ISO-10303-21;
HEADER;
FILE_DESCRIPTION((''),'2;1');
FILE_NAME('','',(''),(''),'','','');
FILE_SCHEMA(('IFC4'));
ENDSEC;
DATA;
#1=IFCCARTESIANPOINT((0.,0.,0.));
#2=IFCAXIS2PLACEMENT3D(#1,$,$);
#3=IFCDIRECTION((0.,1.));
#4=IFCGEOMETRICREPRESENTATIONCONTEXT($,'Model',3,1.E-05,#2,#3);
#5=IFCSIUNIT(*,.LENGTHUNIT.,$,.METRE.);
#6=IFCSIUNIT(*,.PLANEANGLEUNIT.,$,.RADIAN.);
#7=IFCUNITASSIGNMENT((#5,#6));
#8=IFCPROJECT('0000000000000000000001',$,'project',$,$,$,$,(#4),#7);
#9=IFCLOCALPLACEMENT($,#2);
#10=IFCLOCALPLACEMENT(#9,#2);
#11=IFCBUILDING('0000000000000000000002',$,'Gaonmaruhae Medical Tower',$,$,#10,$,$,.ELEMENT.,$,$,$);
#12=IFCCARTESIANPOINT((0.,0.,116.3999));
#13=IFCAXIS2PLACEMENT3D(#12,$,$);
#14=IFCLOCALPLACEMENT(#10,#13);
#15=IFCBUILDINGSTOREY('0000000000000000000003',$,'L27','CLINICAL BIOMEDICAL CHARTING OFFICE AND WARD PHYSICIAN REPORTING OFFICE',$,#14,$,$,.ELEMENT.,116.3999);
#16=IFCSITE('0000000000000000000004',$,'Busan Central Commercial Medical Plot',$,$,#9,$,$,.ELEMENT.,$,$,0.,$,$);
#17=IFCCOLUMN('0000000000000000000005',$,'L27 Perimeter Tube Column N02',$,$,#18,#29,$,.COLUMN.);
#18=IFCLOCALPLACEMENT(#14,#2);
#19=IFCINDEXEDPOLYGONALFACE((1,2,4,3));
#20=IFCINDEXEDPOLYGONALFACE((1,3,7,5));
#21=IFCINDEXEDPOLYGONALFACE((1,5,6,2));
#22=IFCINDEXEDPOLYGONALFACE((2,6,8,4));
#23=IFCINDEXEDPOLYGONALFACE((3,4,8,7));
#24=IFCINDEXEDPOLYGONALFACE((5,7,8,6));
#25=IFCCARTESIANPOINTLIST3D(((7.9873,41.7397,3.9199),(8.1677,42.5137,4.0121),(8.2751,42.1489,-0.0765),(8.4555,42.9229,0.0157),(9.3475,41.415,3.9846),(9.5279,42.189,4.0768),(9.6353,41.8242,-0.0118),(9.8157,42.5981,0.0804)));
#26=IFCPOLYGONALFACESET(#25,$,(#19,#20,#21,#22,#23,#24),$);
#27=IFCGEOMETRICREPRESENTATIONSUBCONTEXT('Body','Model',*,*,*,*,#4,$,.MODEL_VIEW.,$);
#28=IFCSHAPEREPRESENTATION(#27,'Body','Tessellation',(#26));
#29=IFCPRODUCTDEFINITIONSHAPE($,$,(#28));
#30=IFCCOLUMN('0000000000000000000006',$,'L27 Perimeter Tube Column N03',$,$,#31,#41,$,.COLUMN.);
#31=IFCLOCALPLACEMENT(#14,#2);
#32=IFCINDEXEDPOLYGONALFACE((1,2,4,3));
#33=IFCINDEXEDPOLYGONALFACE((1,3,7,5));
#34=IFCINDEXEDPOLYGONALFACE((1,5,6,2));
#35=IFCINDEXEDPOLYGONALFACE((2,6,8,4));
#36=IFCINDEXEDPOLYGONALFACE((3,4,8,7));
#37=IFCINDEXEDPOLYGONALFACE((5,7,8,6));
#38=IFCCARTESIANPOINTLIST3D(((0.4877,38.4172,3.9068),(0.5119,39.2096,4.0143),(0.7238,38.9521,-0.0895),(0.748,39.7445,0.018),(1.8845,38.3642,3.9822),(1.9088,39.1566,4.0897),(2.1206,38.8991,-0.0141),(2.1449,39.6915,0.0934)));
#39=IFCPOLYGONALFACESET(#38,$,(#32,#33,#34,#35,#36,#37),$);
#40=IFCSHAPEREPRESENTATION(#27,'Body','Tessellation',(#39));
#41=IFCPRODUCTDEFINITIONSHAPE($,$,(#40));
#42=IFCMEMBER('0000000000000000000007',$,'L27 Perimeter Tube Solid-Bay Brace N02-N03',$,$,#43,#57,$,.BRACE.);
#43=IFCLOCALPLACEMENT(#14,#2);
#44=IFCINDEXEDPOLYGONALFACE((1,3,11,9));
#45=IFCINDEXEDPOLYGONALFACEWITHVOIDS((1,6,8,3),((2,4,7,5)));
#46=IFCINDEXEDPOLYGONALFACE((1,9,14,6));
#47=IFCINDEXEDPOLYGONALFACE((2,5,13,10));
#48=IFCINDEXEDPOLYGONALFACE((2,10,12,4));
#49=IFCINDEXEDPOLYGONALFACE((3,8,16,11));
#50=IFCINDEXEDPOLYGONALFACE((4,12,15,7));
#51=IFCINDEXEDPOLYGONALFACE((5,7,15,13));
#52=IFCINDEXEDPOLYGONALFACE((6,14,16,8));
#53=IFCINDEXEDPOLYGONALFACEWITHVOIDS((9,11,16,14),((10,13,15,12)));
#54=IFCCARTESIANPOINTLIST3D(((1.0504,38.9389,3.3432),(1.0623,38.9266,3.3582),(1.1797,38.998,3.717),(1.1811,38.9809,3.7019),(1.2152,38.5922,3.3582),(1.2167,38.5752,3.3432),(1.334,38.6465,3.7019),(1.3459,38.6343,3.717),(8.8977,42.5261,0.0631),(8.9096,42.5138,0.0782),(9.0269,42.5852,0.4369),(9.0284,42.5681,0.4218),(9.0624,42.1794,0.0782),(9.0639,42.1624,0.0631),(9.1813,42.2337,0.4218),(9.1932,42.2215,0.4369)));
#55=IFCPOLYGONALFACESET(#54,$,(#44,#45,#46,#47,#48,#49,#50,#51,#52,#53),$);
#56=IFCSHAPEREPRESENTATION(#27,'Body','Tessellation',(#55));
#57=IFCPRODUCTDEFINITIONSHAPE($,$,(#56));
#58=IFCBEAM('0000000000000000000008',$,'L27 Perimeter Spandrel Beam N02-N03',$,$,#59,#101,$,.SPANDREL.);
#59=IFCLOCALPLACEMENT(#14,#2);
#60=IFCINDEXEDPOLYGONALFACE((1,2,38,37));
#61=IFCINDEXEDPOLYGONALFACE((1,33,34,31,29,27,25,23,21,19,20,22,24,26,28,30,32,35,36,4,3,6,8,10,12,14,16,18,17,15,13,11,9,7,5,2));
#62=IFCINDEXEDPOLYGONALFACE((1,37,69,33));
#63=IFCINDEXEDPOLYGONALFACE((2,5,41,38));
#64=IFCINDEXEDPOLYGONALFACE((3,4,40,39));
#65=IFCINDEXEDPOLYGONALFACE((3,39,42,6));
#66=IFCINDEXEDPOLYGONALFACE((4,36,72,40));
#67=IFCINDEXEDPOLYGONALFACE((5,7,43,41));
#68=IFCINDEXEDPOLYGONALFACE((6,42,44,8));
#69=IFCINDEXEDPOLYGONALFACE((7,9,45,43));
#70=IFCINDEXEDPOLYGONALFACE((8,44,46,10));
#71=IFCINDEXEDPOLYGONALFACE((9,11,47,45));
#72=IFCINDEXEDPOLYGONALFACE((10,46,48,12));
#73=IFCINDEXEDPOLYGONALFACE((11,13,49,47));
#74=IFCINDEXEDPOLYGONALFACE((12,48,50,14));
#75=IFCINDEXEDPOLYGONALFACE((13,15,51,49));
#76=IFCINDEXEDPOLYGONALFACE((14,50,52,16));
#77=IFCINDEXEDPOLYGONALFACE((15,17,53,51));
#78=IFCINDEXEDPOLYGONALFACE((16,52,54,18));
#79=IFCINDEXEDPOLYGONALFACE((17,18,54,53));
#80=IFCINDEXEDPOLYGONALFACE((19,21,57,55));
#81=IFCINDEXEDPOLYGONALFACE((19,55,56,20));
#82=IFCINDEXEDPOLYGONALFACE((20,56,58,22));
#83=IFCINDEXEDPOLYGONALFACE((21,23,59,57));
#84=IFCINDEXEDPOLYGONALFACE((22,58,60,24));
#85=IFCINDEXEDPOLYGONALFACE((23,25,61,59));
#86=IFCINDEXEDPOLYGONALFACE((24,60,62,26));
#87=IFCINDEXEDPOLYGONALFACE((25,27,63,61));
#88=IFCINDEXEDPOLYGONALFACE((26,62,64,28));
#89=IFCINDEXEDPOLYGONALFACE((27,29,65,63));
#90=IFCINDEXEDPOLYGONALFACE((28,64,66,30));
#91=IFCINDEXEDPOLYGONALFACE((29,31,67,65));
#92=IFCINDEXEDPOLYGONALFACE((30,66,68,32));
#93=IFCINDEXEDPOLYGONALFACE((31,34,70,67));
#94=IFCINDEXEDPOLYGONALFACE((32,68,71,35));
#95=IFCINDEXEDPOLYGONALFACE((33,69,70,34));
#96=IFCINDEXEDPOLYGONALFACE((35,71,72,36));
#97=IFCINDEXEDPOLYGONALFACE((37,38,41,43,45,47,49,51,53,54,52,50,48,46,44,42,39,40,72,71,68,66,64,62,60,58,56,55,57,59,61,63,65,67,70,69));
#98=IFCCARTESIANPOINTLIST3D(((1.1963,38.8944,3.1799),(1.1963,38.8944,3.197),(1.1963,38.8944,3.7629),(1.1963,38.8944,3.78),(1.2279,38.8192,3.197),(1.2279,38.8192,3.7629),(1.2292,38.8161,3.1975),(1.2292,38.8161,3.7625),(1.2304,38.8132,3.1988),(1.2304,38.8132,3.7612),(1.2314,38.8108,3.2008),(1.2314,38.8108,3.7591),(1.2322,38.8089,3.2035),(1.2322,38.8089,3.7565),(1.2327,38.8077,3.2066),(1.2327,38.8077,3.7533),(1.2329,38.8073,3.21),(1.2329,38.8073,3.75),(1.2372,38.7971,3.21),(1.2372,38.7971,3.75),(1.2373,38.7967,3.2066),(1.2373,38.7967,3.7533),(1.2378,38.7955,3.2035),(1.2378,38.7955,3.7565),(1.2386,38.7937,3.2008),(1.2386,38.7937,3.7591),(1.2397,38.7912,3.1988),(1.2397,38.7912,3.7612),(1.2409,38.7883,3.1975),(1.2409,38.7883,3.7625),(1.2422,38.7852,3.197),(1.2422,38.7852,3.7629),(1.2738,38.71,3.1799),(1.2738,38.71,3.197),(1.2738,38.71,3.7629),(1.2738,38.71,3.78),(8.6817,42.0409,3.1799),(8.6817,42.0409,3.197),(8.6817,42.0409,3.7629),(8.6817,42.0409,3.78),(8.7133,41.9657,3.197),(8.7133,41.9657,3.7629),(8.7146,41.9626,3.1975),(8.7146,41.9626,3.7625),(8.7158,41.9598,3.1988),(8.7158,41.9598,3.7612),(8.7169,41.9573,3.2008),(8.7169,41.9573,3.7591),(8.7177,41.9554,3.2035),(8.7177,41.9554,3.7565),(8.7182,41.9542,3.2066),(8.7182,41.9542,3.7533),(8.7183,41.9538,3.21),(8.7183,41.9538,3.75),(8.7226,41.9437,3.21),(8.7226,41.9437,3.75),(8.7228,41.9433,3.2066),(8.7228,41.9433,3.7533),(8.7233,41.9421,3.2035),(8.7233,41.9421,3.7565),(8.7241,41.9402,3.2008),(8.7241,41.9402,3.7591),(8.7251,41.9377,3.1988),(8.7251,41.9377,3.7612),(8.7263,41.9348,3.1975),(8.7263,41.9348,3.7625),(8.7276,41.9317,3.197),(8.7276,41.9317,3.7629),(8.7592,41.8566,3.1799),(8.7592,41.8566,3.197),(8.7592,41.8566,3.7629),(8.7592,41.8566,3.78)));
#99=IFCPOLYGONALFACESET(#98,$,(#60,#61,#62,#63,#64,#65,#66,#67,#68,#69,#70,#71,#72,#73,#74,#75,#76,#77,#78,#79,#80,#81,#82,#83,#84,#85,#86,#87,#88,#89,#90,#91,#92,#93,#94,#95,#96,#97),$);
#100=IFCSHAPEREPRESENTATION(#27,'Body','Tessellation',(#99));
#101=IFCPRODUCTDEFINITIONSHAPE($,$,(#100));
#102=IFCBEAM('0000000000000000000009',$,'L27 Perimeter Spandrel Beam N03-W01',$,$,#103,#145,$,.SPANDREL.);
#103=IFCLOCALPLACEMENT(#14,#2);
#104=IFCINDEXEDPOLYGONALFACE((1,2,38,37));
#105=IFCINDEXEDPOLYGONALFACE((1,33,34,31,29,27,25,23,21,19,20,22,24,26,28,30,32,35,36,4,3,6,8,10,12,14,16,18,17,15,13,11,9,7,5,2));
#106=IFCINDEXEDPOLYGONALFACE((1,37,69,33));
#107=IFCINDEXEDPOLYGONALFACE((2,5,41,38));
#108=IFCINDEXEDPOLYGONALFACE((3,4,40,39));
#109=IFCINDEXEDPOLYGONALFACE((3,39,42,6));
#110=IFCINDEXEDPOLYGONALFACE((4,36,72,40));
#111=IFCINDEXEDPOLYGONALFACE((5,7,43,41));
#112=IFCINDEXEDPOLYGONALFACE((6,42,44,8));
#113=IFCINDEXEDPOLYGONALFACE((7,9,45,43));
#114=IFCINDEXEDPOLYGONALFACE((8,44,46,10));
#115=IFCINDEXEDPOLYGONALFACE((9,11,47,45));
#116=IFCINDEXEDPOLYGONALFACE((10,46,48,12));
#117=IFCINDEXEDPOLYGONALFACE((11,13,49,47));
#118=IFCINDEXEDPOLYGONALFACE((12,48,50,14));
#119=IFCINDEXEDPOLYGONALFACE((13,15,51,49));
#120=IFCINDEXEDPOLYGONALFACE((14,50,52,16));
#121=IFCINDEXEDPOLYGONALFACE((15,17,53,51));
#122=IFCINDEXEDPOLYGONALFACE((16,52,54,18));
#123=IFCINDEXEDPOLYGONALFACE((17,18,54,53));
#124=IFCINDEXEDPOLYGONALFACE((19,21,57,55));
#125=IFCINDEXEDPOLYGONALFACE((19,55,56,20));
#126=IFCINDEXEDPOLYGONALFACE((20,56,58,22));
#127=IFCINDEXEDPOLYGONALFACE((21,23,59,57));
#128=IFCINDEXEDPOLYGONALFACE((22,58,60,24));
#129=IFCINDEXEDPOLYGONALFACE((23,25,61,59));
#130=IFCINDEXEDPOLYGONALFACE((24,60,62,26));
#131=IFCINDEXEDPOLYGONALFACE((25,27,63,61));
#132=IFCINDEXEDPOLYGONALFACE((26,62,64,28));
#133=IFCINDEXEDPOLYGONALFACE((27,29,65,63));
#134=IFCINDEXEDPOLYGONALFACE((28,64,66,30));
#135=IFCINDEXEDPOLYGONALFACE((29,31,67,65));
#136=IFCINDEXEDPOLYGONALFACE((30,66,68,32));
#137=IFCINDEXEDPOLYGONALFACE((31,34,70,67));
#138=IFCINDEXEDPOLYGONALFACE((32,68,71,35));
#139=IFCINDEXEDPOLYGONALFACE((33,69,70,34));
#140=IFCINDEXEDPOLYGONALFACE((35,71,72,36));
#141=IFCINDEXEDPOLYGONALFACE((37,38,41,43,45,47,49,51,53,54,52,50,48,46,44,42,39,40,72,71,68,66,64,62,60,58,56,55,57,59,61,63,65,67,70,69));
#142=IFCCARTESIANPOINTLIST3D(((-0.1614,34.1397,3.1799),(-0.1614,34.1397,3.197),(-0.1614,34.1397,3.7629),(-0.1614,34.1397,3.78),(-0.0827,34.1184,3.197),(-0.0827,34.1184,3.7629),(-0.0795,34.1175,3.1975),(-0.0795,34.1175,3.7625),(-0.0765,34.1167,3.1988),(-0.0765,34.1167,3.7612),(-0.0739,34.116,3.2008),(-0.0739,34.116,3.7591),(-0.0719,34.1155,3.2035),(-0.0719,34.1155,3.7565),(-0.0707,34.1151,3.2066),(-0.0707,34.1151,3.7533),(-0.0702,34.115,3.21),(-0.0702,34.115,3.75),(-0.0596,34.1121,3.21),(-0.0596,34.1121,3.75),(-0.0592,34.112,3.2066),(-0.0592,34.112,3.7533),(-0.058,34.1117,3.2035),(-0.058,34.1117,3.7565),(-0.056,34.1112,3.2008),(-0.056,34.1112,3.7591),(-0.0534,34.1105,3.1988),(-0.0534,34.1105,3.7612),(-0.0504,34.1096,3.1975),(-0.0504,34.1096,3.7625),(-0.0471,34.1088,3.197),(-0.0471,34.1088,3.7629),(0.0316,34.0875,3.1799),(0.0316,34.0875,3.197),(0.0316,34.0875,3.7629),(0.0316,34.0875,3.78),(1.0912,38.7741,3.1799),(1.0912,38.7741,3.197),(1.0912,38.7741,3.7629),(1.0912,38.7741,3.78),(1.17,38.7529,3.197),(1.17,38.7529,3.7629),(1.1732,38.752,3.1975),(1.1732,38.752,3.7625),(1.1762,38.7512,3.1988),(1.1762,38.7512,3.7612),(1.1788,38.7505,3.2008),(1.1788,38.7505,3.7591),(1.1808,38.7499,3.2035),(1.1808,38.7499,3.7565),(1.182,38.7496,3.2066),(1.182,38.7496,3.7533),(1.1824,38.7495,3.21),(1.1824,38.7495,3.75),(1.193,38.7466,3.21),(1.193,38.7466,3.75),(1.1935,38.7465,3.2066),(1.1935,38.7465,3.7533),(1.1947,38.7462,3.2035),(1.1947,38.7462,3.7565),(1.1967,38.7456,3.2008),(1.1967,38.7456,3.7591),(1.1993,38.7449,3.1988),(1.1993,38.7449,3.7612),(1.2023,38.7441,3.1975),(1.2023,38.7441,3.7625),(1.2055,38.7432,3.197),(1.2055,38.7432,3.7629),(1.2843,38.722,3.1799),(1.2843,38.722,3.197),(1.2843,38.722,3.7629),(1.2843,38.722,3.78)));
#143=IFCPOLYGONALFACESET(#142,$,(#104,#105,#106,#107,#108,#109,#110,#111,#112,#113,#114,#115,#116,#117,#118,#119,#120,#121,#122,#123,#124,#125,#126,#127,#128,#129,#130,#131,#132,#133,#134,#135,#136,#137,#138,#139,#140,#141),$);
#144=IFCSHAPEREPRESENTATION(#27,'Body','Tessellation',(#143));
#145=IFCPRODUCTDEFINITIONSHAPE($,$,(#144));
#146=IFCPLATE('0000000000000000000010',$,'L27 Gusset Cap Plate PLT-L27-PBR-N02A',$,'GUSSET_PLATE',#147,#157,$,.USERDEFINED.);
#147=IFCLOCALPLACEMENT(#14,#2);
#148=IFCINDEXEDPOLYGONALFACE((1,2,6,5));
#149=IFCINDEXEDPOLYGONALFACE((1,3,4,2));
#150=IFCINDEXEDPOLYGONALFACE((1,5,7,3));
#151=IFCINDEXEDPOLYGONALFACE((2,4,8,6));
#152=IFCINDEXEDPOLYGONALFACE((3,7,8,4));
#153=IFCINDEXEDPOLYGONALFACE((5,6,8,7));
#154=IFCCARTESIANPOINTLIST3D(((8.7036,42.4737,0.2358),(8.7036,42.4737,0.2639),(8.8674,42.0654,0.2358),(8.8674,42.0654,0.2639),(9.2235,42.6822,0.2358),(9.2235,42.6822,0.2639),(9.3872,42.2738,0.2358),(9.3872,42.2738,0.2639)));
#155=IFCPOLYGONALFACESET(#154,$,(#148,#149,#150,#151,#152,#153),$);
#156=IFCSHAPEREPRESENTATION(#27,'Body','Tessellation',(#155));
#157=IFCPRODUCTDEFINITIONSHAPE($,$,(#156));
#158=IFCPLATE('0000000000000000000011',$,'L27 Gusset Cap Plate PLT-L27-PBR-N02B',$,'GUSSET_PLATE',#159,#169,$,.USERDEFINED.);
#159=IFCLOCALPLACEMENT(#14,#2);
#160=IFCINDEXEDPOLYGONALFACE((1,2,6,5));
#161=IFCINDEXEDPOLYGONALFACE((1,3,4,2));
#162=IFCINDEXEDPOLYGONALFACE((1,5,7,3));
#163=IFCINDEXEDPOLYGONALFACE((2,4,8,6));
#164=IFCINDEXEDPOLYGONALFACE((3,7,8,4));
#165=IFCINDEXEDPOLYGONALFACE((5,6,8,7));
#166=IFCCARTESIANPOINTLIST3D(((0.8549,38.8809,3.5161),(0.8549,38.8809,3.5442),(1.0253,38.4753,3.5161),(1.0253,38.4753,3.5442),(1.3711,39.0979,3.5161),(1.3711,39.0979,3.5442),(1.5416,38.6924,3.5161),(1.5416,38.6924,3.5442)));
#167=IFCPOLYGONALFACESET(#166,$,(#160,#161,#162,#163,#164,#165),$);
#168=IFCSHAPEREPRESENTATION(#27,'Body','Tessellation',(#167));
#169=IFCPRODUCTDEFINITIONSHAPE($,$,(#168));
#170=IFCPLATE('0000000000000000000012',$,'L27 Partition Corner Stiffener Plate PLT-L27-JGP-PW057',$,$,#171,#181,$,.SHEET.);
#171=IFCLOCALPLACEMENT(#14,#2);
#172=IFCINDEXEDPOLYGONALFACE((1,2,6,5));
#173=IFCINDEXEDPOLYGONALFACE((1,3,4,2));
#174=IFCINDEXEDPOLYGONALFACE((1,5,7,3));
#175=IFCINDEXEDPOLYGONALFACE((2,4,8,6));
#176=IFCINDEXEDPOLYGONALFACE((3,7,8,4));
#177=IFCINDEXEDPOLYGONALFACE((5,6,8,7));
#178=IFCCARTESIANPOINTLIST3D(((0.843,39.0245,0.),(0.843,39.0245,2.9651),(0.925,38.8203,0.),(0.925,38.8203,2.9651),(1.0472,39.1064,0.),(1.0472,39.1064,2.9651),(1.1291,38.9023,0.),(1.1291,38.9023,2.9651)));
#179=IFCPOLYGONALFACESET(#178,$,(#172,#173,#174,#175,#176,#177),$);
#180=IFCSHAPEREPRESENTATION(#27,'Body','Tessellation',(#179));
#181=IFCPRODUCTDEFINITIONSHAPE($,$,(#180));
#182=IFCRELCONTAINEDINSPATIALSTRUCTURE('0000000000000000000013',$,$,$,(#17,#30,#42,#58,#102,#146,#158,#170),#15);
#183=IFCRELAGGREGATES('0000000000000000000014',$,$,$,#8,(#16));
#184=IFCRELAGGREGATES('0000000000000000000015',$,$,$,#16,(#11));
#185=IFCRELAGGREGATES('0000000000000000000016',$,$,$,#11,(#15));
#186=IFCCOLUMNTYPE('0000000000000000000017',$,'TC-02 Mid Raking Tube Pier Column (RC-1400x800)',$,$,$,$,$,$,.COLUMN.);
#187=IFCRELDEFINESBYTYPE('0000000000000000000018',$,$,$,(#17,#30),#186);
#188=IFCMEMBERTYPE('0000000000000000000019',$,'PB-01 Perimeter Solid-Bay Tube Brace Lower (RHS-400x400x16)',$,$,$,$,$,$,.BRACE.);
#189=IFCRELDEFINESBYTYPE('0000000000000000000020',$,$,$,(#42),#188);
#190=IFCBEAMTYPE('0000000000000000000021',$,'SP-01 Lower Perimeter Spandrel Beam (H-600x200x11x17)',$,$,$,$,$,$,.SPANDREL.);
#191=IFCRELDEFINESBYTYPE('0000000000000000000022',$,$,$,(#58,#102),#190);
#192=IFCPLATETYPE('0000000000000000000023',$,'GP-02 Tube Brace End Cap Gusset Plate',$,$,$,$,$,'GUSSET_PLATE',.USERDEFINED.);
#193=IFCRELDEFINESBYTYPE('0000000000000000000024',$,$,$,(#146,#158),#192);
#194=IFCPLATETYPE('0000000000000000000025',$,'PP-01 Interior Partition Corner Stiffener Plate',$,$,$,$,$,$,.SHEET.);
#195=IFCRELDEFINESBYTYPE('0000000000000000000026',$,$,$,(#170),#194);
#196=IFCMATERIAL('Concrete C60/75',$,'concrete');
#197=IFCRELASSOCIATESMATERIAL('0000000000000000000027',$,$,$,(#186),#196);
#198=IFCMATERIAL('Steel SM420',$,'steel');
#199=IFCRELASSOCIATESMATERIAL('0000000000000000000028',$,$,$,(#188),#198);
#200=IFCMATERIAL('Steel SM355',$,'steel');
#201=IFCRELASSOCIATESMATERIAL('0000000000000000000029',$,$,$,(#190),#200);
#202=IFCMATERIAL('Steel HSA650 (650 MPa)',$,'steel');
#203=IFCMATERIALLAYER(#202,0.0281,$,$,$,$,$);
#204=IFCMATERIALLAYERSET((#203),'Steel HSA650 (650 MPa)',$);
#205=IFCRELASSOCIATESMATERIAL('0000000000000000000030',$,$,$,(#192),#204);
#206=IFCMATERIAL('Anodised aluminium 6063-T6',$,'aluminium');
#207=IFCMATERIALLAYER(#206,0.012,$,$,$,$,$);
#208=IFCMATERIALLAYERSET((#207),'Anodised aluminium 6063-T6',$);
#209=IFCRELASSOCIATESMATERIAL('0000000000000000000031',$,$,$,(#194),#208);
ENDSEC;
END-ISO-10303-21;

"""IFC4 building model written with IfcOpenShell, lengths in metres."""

from ifc_helpers import new_model, si_unit, direction, frame, origin, origin_2d, place, context, subcontext, project, spatial, rectangle, hollow_rectangle, i_section, extrude, material, layer, layer_set, material_profile, profile_set, type_object, element, save


model = new_model("IFC4")

# Units and contexts
model_context = context("Model", 3, precision=1e-05, world=origin(), true_north=direction((0.0, 1.0)))
body_context = subcontext(model_context, "Body", "Model", "MODEL_VIEW")
ifc_project = project(units=[si_unit("LENGTHUNIT", "METRE"), si_unit("PLANEANGLEUNIT", "RADIAN")], contexts=[model_context])

# Site, building, storey
site_placement = place(None, origin())
site = spatial("IfcSite", under=ifc_project, at=site_placement, Name="Busan Central Commercial Medical Plot", CompositionType="ELEMENT", RefElevation=0.0)
building_placement = place(site_placement, origin())
building = spatial("IfcBuilding", under=site, at=building_placement, Name="Gaonmaruhae Medical Tower", CompositionType="ELEMENT")
storey_placement = place(building_placement, frame((0.0, 0.0, 116.3999)))
storey = spatial("IfcBuildingStorey", under=building, at=storey_placement, Name="L27", Description="CLINICAL BIOMEDICAL CHARTING OFFICE AND WARD PHYSICIAN REPORTING OFFICE", CompositionType="ELEMENT", Elevation=116.3999)

# Columns
ifc_material_1 = material(Name="Concrete C60/75", Category="concrete")
ifc_material_profile_1 = material_profile(ifc_material_1, rectangle(XDim=1.3999, YDim=0.8, at=origin_2d()), Name="RC-1400x800")
ifc_profile_set_1 = profile_set([ifc_material_profile_1], Name="Concrete C60/75")
column_type = type_object("IfcColumnType", Name="TC-02 Mid Raking Tube Pier Column (RC-1400x800)", PredefinedType="COLUMN", material=ifc_profile_set_1)
column_1_placement = place(storey_placement, frame((9.0454, 42.3735, 0.002), z_axis=(-0.071469, -0.101596, 0.992255), x_axis=(0.971621, -0.231981, 0.04623)))
element("IfcColumn", 1, at=column_1_placement, inside=storey, type_object=column_type, Name="L27 Perimeter Tube Column N02", PredefinedType="COLUMN", context=body_context, shape_type="SweptSolid", body=[
    extrude(rectangle(XDim=1.3999, YDim=0.8, at=origin_2d()), origin(), (0.0, 0.0, 1.0), 4.0276),
])
column_2_placement = place(storey_placement, frame((1.4343, 39.3218, 0.002), z_axis=(-0.058453, -0.132441, 0.989466), x_axis=(0.997829, -0.037864, 0.053879)))
element("IfcColumn", 2, at=column_2_placement, inside=storey, type_object=column_type, Name="L27 Perimeter Tube Column N03", PredefinedType="COLUMN", context=body_context, shape_type="SweptSolid", body=[
    extrude(rectangle(XDim=1.3999, YDim=0.8, at=origin_2d()), origin(), (0.0, 0.0, 1.0), 4.0388),
])

# Member
ifc_material_2 = material(Name="Steel SM420", Category="steel")
ifc_material_profile_2 = material_profile(ifc_material_2, hollow_rectangle(XDim=0.3999, YDim=0.3999, WallThickness=0.0161, at=origin_2d()), Name="RHS-400x400x16")
ifc_profile_set_2 = profile_set([ifc_material_profile_2], Name="Steel SM420")
member_type = type_object("IfcMemberType", Name="PB-01 Perimeter Solid-Bay Tube Brace Lower (RHS-400x400x16)", PredefinedType="BRACE", material=ifc_profile_set_2)
member_placement = place(storey_placement, frame((9.0454, 42.3738, 0.25), z_axis=(-0.850124, -0.388615, 0.355342), x_axis=(0.415748, -0.90948, 0.0)))
element("IfcMember", 3, at=member_placement, inside=storey, type_object=member_type, Name="L27 Perimeter Tube Solid-Bay Brace N02-N03", PredefinedType="BRACE", context=body_context, shape_type="SweptSolid", body=[
    extrude(hollow_rectangle(XDim=0.3999, YDim=0.3999, WallThickness=0.0161, at=origin_2d()), origin(), (0.0, 0.0, 1.0), 9.2307),
])

# Beams
ifc_material_3 = material(Name="Steel SM355", Category="steel")
ifc_material_profile_3 = material_profile(ifc_material_3, i_section(OverallWidth=0.2, OverallDepth=0.6001, WebThickness=0.011, FlangeThickness=0.0171, FilletRadius=0.0129, at=origin_2d()), Name="H-600x200x11x17")
ifc_profile_set_3 = profile_set([ifc_material_profile_3], Name="Steel SM355")
beam_type = type_object("IfcBeamType", Name="SP-01 Lower Perimeter Spandrel Beam (H-600x200x11x17)", PredefinedType="SPANDREL", material=ifc_profile_set_3)
beam_1_placement = place(storey_placement, frame((8.7205, 41.9487, 3.48), z_axis=(-0.921866, -0.387509, 0.0), x_axis=(0.387509, -0.921866, 0.0)))
element("IfcBeam", 4, at=beam_1_placement, inside=storey, type_object=beam_type, Name="L27 Perimeter Spandrel Beam N02-N03", PredefinedType="SPANDREL", context=body_context, shape_type="SweptSolid", body=[
    extrude(i_section(OverallWidth=0.2, OverallDepth=0.6001, WebThickness=0.011, FlangeThickness=0.0171, FilletRadius=0.0129, at=origin_2d()), origin(), (0.0, 0.0, 1.0), 8.1199),
])
beam_2_placement = place(storey_placement, frame((1.1877, 38.748, 3.48), z_axis=(-0.260931, -0.965358, 0.0), x_axis=(0.965358, -0.260931, 0.0)))
element("IfcBeam", 5, at=beam_2_placement, inside=storey, type_object=beam_type, Name="L27 Perimeter Spandrel Beam N03-W01", PredefinedType="SPANDREL", context=body_context, shape_type="SweptSolid", body=[
    extrude(i_section(OverallWidth=0.2, OverallDepth=0.6001, WebThickness=0.011, FlangeThickness=0.0171, FilletRadius=0.0129, at=origin_2d()), origin(), (0.0, 0.0, 1.0), 4.8008),
])

# Plates
ifc_material_4 = material(Name="Steel HSA650 (650 MPa)", Category="steel")
ifc_layer_1 = layer(ifc_material_4, 0.0281)
ifc_layer_set_1 = layer_set([ifc_layer_1], Name="Steel HSA650 (650 MPa)")
plate_type_1 = type_object("IfcPlateType", Name="GP-02 Tube Brace End Cap Gusset Plate", ElementType="GUSSET_PLATE", PredefinedType="USERDEFINED", material=ifc_layer_set_1)
for number, where, z_axis, x_axis, name in (
    (6, (9.0454, 42.3738, 0.2358), (0.0, 0.0, 1.0), (0.928161, 0.372178, 0.0), "L27 Gusset Cap Plate PLT-L27-PBR-N02A"),
    (7, (1.1982, 38.7866, 3.5161), (0.0, 0.0, 1.0), (0.921863, 0.387516, 0.0), "L27 Gusset Cap Plate PLT-L27-PBR-N02B"),
):
    element("IfcPlate", number, at=place(storey_placement, frame(where, z_axis=z_axis, x_axis=x_axis)), inside=storey, type_object=plate_type_1, Name=name, ObjectType="GUSSET_PLATE", PredefinedType="USERDEFINED", context=body_context, shape_type="SweptSolid", body=[
        extrude(rectangle(XDim=0.5601, YDim=0.4399, at=origin_2d()), origin(), (0.0, 0.0, 1.0), 0.0281),
    ])
ifc_material_5 = material(Name="Anodised aluminium 6063-T6", Category="aluminium")
ifc_layer_2 = layer(ifc_material_5, 0.012)
ifc_layer_set_2 = layer_set([ifc_layer_2], Name="Anodised aluminium 6063-T6")
plate_type_2 = type_object("IfcPlateType", Name="PP-01 Interior Partition Corner Stiffener Plate", PredefinedType="SHEET", material=ifc_layer_set_2)
plate_placement = place(storey_placement, frame((0.9861, 38.9634, 0.0), z_axis=(0.0, 0.0, 1.0), x_axis=(-0.372421, 0.928064, 0.0)))
element("IfcPlate", 8, at=plate_placement, inside=storey, type_object=plate_type_2, Name="L27 Partition Corner Stiffener Plate PLT-L27-JGP-PW057", PredefinedType="SHEET", context=body_context, shape_type="SweptSolid", body=[
    extrude(rectangle(XDim=0.22, YDim=0.22, at=origin_2d()), origin(), (0.0, 0.0, 1.0), 2.9651),
])

save(model, "model.ifc")
